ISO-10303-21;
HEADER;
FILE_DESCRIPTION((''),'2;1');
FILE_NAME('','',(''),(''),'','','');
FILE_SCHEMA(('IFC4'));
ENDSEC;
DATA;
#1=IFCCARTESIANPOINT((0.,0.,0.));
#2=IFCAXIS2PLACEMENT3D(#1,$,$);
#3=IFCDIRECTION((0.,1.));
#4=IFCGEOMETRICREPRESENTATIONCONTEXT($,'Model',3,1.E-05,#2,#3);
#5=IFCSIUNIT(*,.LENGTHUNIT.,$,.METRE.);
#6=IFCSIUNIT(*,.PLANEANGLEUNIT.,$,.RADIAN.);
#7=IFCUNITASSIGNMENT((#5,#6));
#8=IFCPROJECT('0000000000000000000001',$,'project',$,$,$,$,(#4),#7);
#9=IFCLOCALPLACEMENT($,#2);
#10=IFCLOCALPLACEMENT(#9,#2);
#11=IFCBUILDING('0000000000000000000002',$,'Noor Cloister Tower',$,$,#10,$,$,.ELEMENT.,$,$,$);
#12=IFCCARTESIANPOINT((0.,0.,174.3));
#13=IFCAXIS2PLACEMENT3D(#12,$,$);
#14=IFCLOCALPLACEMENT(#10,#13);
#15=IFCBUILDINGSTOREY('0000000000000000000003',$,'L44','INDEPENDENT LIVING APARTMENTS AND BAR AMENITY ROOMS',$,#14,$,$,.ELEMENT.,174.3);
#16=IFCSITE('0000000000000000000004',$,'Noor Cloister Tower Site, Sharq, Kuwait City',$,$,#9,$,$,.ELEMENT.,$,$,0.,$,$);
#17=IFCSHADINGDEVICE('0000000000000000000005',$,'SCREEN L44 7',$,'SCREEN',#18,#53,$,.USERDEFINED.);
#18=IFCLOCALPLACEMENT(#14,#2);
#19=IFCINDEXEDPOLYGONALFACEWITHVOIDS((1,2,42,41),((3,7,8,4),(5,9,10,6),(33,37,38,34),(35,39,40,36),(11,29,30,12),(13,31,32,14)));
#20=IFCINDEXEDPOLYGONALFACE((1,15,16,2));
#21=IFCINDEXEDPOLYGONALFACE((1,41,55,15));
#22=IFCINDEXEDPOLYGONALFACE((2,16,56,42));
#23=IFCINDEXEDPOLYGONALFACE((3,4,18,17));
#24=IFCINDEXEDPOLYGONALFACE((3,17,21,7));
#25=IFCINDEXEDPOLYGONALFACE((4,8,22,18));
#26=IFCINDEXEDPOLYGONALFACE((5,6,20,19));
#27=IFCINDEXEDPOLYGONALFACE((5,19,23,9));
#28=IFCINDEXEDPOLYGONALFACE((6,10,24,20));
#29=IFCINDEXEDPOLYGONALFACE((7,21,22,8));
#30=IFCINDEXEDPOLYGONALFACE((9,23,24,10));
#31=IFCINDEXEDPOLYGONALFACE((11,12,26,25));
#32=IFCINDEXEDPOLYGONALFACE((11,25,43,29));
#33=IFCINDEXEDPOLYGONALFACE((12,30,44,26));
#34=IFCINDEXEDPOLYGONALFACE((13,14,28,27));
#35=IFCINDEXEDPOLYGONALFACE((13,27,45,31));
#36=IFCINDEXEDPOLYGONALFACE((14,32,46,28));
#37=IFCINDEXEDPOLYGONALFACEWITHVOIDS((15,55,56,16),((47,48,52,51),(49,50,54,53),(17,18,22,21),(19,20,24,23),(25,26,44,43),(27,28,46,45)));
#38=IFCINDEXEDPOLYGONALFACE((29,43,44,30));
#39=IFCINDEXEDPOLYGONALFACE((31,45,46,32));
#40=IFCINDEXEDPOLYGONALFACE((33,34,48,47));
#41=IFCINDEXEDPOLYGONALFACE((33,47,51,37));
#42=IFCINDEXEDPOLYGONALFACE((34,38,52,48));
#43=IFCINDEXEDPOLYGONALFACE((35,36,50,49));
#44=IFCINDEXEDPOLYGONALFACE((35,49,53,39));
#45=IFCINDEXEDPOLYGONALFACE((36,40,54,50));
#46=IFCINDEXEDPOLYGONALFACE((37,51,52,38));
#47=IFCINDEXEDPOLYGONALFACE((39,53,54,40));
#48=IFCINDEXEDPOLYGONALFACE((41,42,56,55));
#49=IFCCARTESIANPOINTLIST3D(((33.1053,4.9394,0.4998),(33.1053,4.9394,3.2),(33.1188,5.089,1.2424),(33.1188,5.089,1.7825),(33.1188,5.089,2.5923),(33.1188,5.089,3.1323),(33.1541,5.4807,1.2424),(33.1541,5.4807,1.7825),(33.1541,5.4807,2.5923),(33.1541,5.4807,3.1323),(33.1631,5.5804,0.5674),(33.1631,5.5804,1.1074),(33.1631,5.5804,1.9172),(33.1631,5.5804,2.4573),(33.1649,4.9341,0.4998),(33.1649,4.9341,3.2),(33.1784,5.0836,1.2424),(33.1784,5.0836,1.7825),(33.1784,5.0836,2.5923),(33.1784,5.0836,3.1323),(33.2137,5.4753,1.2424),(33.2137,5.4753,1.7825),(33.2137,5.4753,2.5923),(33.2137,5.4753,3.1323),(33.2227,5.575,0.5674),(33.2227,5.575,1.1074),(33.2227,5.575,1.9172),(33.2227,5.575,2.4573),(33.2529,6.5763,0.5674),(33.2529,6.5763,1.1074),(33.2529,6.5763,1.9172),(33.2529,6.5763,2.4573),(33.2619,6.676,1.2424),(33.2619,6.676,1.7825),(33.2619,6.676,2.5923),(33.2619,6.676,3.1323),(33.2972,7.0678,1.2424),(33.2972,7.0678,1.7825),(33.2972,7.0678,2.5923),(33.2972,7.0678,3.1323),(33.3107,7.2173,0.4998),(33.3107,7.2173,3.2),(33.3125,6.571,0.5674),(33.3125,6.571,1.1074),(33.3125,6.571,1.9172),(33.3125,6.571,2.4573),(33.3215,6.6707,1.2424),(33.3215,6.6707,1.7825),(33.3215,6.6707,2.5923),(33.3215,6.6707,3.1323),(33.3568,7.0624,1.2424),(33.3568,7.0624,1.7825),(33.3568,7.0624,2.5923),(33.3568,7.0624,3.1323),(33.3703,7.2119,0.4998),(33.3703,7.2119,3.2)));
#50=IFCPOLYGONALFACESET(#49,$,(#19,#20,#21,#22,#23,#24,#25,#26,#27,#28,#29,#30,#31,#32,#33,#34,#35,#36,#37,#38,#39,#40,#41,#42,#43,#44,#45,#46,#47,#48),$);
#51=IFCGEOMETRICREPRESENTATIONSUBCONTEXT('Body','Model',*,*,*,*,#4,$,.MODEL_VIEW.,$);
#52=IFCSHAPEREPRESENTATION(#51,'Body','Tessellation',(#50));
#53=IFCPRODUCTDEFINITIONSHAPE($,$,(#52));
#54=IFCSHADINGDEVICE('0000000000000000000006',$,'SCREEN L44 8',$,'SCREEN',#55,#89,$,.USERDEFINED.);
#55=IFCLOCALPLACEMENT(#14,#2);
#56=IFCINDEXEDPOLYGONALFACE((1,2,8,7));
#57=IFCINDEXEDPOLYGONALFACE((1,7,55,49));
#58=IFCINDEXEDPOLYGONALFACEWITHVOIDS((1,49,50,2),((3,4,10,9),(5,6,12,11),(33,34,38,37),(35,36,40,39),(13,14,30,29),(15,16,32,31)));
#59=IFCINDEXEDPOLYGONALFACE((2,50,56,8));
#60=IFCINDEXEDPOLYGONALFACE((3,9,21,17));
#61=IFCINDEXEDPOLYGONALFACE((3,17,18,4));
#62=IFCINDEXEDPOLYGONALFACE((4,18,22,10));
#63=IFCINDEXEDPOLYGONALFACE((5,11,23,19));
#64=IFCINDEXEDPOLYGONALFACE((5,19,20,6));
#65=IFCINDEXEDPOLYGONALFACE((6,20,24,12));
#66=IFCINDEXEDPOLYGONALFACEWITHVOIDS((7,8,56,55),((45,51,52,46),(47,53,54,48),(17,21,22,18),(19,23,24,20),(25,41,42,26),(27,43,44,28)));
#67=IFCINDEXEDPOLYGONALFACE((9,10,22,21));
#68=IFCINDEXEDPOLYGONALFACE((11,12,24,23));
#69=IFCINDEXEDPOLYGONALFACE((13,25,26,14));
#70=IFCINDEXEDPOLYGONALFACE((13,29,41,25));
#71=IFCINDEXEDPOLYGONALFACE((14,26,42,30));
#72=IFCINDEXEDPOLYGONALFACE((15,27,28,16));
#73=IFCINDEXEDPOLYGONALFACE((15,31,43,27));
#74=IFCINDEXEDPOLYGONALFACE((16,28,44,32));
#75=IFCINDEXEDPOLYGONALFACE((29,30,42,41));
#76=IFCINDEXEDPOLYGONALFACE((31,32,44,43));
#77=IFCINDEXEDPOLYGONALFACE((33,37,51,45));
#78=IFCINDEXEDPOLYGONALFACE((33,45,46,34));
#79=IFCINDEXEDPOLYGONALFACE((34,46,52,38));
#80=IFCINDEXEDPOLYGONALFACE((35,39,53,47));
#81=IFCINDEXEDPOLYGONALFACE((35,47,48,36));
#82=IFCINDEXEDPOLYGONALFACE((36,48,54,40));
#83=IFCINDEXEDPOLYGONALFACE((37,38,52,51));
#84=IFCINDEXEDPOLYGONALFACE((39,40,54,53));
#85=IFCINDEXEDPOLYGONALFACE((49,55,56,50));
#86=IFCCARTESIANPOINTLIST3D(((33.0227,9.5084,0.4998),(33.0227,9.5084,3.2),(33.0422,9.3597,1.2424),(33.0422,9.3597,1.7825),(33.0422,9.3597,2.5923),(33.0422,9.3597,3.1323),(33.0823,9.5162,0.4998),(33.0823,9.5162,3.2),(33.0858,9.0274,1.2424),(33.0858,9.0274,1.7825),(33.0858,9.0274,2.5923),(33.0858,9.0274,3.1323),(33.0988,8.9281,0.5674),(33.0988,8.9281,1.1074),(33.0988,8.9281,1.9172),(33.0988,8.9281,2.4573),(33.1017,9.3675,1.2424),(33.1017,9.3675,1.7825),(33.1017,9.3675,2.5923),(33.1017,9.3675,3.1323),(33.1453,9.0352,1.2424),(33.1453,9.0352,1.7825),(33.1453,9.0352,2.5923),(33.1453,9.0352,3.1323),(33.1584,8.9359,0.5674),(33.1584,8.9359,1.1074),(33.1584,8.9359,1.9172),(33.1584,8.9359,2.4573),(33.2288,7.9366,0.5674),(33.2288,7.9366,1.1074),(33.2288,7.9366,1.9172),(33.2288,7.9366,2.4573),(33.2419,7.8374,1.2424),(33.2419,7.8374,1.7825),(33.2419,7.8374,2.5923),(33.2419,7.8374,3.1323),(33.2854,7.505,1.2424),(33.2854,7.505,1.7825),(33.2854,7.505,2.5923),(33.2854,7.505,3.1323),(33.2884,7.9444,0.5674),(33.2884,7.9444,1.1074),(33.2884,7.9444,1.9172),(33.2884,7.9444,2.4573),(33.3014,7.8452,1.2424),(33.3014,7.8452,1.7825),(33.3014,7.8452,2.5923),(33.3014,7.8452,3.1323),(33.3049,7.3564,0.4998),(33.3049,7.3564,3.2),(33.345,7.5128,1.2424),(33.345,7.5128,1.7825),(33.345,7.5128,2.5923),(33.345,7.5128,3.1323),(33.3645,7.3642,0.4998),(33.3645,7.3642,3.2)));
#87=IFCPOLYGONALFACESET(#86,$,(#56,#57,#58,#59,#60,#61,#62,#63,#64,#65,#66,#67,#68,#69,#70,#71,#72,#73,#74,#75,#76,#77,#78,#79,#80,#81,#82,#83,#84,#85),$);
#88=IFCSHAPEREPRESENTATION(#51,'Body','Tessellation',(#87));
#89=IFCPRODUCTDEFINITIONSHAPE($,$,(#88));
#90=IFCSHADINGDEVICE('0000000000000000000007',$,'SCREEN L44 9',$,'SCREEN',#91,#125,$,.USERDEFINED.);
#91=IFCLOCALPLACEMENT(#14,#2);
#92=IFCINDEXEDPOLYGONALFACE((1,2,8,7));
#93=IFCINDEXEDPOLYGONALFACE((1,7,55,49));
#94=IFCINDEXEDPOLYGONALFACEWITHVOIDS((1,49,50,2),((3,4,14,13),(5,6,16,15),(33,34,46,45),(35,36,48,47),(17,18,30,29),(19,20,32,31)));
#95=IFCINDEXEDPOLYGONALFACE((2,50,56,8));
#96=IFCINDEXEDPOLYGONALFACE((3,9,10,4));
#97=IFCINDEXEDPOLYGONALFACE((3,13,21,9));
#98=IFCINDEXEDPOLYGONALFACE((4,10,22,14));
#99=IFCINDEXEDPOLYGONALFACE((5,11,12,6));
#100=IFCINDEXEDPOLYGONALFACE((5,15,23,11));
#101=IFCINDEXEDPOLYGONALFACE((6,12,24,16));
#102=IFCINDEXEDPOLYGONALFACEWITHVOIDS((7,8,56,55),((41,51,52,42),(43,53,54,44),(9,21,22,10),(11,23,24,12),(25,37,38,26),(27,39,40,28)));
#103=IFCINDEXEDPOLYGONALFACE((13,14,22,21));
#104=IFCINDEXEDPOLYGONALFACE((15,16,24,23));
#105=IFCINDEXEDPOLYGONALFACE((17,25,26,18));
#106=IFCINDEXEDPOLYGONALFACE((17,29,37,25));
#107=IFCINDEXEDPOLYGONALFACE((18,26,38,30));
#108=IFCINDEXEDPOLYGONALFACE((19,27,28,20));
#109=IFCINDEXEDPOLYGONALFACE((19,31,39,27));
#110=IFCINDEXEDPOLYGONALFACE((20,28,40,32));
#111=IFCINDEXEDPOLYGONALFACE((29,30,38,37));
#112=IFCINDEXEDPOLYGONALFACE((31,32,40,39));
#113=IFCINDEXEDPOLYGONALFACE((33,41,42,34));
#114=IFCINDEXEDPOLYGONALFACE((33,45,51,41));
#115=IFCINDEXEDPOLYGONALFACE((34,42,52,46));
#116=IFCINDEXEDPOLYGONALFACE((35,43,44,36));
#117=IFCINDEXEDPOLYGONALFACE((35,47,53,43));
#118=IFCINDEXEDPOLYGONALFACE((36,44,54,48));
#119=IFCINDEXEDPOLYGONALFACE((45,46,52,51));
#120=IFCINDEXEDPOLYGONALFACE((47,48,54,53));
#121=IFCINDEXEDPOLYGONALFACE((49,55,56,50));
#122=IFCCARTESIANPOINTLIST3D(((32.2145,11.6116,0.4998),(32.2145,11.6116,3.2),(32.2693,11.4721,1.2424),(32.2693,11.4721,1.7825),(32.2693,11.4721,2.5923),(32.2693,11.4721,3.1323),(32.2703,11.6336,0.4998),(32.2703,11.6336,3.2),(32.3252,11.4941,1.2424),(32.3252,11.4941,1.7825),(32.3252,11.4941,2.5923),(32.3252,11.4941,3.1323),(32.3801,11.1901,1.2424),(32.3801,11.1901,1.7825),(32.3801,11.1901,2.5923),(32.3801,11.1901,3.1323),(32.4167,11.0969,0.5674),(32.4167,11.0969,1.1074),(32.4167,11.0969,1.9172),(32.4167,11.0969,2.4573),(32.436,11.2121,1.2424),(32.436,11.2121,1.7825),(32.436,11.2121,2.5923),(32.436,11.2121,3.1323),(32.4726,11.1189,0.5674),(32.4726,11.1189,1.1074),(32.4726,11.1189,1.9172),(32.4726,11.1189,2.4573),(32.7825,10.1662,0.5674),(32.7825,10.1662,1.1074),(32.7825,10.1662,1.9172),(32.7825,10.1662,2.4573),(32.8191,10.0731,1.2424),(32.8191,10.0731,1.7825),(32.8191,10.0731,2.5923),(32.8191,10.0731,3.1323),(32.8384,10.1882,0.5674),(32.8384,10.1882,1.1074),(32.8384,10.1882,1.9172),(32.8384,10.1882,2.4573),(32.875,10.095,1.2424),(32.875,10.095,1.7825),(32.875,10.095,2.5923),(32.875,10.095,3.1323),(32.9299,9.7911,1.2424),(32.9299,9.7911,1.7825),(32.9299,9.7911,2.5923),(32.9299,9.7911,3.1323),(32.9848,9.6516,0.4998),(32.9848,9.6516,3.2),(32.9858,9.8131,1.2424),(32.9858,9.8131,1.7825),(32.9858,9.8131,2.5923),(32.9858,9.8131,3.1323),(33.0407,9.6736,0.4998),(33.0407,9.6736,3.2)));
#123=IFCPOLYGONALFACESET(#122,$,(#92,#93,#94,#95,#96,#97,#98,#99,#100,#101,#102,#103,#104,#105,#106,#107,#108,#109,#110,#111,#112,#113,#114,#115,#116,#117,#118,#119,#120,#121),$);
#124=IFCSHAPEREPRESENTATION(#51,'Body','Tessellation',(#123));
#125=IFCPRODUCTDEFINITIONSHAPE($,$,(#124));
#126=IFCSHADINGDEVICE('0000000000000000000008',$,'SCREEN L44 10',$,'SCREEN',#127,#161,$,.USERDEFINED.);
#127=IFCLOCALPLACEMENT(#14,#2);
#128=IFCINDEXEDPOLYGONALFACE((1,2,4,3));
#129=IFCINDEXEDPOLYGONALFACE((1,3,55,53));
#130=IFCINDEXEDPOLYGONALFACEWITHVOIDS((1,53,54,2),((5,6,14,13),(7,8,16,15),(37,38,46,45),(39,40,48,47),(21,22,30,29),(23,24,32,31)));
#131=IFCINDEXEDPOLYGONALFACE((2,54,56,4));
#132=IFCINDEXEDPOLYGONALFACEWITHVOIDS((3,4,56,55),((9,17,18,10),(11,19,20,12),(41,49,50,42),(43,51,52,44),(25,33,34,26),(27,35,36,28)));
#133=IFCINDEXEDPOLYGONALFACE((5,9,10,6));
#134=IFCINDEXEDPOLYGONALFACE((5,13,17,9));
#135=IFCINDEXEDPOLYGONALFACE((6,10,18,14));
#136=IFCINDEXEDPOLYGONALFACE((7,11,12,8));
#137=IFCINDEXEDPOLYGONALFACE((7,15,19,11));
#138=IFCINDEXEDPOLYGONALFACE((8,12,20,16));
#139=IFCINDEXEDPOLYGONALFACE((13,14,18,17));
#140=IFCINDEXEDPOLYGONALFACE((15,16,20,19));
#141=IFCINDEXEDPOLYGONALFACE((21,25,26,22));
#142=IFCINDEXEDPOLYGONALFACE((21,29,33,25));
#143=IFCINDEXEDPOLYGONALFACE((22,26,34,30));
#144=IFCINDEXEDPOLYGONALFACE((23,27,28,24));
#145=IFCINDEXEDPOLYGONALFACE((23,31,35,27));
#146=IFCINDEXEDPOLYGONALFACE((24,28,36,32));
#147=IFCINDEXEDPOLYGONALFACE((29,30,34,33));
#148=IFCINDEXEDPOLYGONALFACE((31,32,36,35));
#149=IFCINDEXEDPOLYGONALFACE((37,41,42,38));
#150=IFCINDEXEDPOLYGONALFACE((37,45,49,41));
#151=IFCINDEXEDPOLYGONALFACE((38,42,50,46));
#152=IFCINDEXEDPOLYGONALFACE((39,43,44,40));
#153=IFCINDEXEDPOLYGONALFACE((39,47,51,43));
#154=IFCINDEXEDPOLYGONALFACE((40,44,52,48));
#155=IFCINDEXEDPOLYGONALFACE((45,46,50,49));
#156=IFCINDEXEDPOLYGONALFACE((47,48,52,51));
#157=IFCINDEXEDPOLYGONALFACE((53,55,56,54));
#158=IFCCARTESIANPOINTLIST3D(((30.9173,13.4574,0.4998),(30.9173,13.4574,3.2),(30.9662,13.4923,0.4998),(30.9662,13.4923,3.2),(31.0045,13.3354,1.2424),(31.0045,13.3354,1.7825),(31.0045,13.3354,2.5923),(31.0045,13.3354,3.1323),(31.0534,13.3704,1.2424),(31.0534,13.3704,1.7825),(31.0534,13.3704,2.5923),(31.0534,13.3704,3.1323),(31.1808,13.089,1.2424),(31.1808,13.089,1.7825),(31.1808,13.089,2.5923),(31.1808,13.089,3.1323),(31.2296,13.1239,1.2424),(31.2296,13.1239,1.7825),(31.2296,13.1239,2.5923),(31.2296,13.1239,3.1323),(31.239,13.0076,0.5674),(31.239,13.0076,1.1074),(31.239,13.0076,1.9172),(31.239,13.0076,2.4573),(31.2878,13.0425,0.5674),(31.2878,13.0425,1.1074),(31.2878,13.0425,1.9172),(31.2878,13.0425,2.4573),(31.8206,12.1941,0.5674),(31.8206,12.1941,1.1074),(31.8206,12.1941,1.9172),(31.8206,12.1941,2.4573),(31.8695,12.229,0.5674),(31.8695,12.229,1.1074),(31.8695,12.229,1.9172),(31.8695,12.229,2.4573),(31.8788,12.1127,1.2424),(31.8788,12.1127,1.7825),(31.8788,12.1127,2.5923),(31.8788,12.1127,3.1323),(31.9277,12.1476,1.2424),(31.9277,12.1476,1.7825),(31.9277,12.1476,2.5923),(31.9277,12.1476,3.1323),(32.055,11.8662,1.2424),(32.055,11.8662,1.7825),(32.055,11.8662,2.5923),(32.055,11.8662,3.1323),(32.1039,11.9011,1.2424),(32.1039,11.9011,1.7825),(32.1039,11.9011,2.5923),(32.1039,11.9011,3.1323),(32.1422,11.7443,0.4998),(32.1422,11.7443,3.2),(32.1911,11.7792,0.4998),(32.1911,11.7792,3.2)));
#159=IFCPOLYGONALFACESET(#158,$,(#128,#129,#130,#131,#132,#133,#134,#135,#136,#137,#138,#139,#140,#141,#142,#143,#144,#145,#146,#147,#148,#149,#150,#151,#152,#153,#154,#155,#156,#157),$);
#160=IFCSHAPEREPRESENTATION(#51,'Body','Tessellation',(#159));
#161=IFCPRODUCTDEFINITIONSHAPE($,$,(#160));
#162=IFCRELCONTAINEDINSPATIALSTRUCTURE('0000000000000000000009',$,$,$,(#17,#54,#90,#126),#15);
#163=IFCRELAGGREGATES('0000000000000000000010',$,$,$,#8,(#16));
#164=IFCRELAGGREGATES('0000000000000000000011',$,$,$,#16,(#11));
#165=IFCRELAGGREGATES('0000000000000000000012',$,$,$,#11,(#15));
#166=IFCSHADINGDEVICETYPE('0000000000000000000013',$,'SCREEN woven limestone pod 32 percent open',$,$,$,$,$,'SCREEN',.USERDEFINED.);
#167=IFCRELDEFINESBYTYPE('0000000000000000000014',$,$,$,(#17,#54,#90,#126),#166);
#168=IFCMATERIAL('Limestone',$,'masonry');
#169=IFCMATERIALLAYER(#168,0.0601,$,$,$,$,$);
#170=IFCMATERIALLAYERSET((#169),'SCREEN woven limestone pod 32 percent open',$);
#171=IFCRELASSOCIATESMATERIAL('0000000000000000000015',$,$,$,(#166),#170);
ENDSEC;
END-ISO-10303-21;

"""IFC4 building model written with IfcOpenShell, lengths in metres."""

from ifc_helpers import new_model, si_unit, direction, frame, origin, place, context, subcontext, project, spatial, polyline, outline, extrude, material, layer, layer_set, type_object, element, save


model = new_model("IFC4")

# Units and contexts
model_context = context("Model", 3, precision=1e-05, world=origin(), true_north=direction((0.0, 1.0)))
body_context = subcontext(model_context, "Body", "Model", "MODEL_VIEW")
ifc_project = project(units=[si_unit("LENGTHUNIT", "METRE"), si_unit("PLANEANGLEUNIT", "RADIAN")], contexts=[model_context])

# Site, building, storey
site_placement = place(None, origin())
site = spatial("IfcSite", under=ifc_project, at=site_placement, Name="Noor Cloister Tower Site, Sharq, Kuwait City", CompositionType="ELEMENT", RefElevation=0.0)
building_placement = place(site_placement, origin())
building = spatial("IfcBuilding", under=site, at=building_placement, Name="Noor Cloister Tower", CompositionType="ELEMENT")
storey_placement = place(building_placement, frame((0.0, 0.0, 174.3)))
storey = spatial("IfcBuildingStorey", under=building, at=storey_placement, Name="L44", Description="INDEPENDENT LIVING APARTMENTS AND BAR AMENITY ROOMS", CompositionType="ELEMENT", Elevation=174.3)

# Shading devices
ifc_material_1 = material(Name="Limestone", Category="masonry")
ifc_layer_1 = layer(ifc_material_1, 0.0601)
ifc_layer_set_1 = layer_set([ifc_layer_1], Name="SCREEN woven limestone pod 32 percent open")
shading_device_type = type_object("IfcShadingDeviceType", Name="SCREEN woven limestone pod 32 percent open", ElementType="SCREEN", PredefinedType="USERDEFINED", material=ifc_layer_set_1)
shading_device_1_placement = place(storey_placement, frame((33.208, 6.0784, 1.8499), z_axis=(0.99596, -0.0898, 0.0), x_axis=(0.0898, 0.99596, 0.0)))
element("IfcShadingDevice", 1, at=shading_device_1_placement, inside=storey, type_object=shading_device_type, Name="SCREEN L44 7", ObjectType="SCREEN", PredefinedType="USERDEFINED", context=body_context, shape_type="SweptSolid", body=[
    extrude(outline(polyline([(-1.1436, -1.3501), (1.1436, -1.3501), (1.1436, 1.3501), (-1.1436, 1.3501), (-1.1436, -1.3501)]), holes=[polyline([(-0.5, -1.2825), (0.5, -1.2825), (0.5, -0.7424), (-0.5, -0.7424), (-0.5, -1.2825)]), polyline([(0.6001, -0.6074), (0.9934, -0.6074), (0.9934, -0.0674), (0.6001, -0.0674), (0.6001, -0.6074)]), polyline([(-0.9934, -0.6074), (-0.6001, -0.6074), (-0.6001, -0.0674), (-0.9934, -0.0674), (-0.9934, -0.6074)]), polyline([(-0.5, 0.0674), (0.5, 0.0674), (0.5, 0.6074), (-0.5, 0.6074), (-0.5, 0.0674)]), polyline([(0.6001, 0.7424), (0.9934, 0.7424), (0.9934, 1.2825), (0.6001, 1.2825), (0.6001, 0.7424)]), polyline([(-0.9934, 0.7424), (-0.6001, 0.7424), (-0.6001, 1.2825), (-0.9934, 1.2825), (-0.9934, 0.7424)])]), origin(), (0.0, 0.0, 1.0), 0.0598),
])
shading_device_2_placement = place(storey_placement, frame((33.1638, 8.4324, 1.8499), z_axis=(0.99151, 0.130034, 0.0), x_axis=(-0.130034, 0.99151, 0.0)))
element("IfcShadingDevice", 2, at=shading_device_2_placement, inside=storey, type_object=shading_device_type, Name="SCREEN L44 8", ObjectType="SCREEN", PredefinedType="USERDEFINED", context=body_context, shape_type="SweptSolid", body=[
    extrude(outline(polyline([(-1.0852, -1.3501), (1.0852, -1.3501), (1.0852, 1.3501), (-1.0852, 1.3501), (-1.0852, -1.3501)]), holes=[polyline([(-0.5, -1.2825), (0.5, -1.2825), (0.5, -0.7424), (-0.5, -0.7424), (-0.5, -1.2825)]), polyline([(0.6001, -0.6074), (0.9353, -0.6074), (0.9353, -0.0674), (0.6001, -0.0674), (0.6001, -0.6074)]), polyline([(-0.9353, -0.6074), (-0.6001, -0.6074), (-0.6001, -0.0674), (-0.9353, -0.0674), (-0.9353, -0.6074)]), polyline([(-0.5, 0.0674), (0.5, 0.0674), (0.5, 0.6074), (-0.5, 0.6074), (-0.5, 0.0674)]), polyline([(0.6001, 0.7424), (0.9353, 0.7424), (0.9353, 1.2825), (0.6001, 1.2825), (0.6001, 0.7424)]), polyline([(-0.9353, 0.7424), (-0.6001, 0.7424), (-0.6001, 1.2825), (-0.9353, 1.2825), (-0.9353, 0.7424)])]), origin(), (0.0, 0.0, 1.0), 0.0601),
])
for number, where, z_axis, x_axis, name in (
    (3, (32.5996, 10.6316, 1.8499), (0.930702, 0.365778, 0.0), (-0.365778, 0.930702, 0.0), "SCREEN L44 9"),
    (4, (31.5298, 12.6008, 1.8499), (0.813459, 0.581623, 0.0), (-0.581623, 0.813459, 0.0), "SCREEN L44 10"),
):
    element("IfcShadingDevice", number, at=place(storey_placement, frame(where, z_axis=z_axis, x_axis=x_axis)), inside=storey, type_object=shading_device_type, Name=name, ObjectType="SCREEN", PredefinedType="USERDEFINED", context=body_context, shape_type="SweptSolid", body=[
        extrude(outline(polyline([(-1.053, -1.3501), (1.053, -1.3501), (1.053, 1.3501), (-1.053, 1.3501), (-1.053, -1.3501)]), holes=[polyline([(-0.5, -1.2825), (0.5, -1.2825), (0.5, -0.7424), (-0.5, -0.7424), (-0.5, -1.2825)]), polyline([(0.6001, -0.6074), (0.9031, -0.6074), (0.9031, -0.0674), (0.6001, -0.0674), (0.6001, -0.6074)]), polyline([(-0.9031, -0.6074), (-0.6001, -0.6074), (-0.6001, -0.0674), (-0.9031, -0.0674), (-0.9031, -0.6074)]), polyline([(-0.5, 0.0674), (0.5, 0.0674), (0.5, 0.6074), (-0.5, 0.6074), (-0.5, 0.0674)]), polyline([(0.6001, 0.7424), (0.9031, 0.7424), (0.9031, 1.2825), (0.6001, 1.2825), (0.6001, 0.7424)]), polyline([(-0.9031, 0.7424), (-0.6001, 0.7424), (-0.6001, 1.2825), (-0.9031, 1.2825), (-0.9031, 0.7424)])]), origin(), (0.0, 0.0, 1.0), 0.0601),
    ])

save(model, "model.ifc")
